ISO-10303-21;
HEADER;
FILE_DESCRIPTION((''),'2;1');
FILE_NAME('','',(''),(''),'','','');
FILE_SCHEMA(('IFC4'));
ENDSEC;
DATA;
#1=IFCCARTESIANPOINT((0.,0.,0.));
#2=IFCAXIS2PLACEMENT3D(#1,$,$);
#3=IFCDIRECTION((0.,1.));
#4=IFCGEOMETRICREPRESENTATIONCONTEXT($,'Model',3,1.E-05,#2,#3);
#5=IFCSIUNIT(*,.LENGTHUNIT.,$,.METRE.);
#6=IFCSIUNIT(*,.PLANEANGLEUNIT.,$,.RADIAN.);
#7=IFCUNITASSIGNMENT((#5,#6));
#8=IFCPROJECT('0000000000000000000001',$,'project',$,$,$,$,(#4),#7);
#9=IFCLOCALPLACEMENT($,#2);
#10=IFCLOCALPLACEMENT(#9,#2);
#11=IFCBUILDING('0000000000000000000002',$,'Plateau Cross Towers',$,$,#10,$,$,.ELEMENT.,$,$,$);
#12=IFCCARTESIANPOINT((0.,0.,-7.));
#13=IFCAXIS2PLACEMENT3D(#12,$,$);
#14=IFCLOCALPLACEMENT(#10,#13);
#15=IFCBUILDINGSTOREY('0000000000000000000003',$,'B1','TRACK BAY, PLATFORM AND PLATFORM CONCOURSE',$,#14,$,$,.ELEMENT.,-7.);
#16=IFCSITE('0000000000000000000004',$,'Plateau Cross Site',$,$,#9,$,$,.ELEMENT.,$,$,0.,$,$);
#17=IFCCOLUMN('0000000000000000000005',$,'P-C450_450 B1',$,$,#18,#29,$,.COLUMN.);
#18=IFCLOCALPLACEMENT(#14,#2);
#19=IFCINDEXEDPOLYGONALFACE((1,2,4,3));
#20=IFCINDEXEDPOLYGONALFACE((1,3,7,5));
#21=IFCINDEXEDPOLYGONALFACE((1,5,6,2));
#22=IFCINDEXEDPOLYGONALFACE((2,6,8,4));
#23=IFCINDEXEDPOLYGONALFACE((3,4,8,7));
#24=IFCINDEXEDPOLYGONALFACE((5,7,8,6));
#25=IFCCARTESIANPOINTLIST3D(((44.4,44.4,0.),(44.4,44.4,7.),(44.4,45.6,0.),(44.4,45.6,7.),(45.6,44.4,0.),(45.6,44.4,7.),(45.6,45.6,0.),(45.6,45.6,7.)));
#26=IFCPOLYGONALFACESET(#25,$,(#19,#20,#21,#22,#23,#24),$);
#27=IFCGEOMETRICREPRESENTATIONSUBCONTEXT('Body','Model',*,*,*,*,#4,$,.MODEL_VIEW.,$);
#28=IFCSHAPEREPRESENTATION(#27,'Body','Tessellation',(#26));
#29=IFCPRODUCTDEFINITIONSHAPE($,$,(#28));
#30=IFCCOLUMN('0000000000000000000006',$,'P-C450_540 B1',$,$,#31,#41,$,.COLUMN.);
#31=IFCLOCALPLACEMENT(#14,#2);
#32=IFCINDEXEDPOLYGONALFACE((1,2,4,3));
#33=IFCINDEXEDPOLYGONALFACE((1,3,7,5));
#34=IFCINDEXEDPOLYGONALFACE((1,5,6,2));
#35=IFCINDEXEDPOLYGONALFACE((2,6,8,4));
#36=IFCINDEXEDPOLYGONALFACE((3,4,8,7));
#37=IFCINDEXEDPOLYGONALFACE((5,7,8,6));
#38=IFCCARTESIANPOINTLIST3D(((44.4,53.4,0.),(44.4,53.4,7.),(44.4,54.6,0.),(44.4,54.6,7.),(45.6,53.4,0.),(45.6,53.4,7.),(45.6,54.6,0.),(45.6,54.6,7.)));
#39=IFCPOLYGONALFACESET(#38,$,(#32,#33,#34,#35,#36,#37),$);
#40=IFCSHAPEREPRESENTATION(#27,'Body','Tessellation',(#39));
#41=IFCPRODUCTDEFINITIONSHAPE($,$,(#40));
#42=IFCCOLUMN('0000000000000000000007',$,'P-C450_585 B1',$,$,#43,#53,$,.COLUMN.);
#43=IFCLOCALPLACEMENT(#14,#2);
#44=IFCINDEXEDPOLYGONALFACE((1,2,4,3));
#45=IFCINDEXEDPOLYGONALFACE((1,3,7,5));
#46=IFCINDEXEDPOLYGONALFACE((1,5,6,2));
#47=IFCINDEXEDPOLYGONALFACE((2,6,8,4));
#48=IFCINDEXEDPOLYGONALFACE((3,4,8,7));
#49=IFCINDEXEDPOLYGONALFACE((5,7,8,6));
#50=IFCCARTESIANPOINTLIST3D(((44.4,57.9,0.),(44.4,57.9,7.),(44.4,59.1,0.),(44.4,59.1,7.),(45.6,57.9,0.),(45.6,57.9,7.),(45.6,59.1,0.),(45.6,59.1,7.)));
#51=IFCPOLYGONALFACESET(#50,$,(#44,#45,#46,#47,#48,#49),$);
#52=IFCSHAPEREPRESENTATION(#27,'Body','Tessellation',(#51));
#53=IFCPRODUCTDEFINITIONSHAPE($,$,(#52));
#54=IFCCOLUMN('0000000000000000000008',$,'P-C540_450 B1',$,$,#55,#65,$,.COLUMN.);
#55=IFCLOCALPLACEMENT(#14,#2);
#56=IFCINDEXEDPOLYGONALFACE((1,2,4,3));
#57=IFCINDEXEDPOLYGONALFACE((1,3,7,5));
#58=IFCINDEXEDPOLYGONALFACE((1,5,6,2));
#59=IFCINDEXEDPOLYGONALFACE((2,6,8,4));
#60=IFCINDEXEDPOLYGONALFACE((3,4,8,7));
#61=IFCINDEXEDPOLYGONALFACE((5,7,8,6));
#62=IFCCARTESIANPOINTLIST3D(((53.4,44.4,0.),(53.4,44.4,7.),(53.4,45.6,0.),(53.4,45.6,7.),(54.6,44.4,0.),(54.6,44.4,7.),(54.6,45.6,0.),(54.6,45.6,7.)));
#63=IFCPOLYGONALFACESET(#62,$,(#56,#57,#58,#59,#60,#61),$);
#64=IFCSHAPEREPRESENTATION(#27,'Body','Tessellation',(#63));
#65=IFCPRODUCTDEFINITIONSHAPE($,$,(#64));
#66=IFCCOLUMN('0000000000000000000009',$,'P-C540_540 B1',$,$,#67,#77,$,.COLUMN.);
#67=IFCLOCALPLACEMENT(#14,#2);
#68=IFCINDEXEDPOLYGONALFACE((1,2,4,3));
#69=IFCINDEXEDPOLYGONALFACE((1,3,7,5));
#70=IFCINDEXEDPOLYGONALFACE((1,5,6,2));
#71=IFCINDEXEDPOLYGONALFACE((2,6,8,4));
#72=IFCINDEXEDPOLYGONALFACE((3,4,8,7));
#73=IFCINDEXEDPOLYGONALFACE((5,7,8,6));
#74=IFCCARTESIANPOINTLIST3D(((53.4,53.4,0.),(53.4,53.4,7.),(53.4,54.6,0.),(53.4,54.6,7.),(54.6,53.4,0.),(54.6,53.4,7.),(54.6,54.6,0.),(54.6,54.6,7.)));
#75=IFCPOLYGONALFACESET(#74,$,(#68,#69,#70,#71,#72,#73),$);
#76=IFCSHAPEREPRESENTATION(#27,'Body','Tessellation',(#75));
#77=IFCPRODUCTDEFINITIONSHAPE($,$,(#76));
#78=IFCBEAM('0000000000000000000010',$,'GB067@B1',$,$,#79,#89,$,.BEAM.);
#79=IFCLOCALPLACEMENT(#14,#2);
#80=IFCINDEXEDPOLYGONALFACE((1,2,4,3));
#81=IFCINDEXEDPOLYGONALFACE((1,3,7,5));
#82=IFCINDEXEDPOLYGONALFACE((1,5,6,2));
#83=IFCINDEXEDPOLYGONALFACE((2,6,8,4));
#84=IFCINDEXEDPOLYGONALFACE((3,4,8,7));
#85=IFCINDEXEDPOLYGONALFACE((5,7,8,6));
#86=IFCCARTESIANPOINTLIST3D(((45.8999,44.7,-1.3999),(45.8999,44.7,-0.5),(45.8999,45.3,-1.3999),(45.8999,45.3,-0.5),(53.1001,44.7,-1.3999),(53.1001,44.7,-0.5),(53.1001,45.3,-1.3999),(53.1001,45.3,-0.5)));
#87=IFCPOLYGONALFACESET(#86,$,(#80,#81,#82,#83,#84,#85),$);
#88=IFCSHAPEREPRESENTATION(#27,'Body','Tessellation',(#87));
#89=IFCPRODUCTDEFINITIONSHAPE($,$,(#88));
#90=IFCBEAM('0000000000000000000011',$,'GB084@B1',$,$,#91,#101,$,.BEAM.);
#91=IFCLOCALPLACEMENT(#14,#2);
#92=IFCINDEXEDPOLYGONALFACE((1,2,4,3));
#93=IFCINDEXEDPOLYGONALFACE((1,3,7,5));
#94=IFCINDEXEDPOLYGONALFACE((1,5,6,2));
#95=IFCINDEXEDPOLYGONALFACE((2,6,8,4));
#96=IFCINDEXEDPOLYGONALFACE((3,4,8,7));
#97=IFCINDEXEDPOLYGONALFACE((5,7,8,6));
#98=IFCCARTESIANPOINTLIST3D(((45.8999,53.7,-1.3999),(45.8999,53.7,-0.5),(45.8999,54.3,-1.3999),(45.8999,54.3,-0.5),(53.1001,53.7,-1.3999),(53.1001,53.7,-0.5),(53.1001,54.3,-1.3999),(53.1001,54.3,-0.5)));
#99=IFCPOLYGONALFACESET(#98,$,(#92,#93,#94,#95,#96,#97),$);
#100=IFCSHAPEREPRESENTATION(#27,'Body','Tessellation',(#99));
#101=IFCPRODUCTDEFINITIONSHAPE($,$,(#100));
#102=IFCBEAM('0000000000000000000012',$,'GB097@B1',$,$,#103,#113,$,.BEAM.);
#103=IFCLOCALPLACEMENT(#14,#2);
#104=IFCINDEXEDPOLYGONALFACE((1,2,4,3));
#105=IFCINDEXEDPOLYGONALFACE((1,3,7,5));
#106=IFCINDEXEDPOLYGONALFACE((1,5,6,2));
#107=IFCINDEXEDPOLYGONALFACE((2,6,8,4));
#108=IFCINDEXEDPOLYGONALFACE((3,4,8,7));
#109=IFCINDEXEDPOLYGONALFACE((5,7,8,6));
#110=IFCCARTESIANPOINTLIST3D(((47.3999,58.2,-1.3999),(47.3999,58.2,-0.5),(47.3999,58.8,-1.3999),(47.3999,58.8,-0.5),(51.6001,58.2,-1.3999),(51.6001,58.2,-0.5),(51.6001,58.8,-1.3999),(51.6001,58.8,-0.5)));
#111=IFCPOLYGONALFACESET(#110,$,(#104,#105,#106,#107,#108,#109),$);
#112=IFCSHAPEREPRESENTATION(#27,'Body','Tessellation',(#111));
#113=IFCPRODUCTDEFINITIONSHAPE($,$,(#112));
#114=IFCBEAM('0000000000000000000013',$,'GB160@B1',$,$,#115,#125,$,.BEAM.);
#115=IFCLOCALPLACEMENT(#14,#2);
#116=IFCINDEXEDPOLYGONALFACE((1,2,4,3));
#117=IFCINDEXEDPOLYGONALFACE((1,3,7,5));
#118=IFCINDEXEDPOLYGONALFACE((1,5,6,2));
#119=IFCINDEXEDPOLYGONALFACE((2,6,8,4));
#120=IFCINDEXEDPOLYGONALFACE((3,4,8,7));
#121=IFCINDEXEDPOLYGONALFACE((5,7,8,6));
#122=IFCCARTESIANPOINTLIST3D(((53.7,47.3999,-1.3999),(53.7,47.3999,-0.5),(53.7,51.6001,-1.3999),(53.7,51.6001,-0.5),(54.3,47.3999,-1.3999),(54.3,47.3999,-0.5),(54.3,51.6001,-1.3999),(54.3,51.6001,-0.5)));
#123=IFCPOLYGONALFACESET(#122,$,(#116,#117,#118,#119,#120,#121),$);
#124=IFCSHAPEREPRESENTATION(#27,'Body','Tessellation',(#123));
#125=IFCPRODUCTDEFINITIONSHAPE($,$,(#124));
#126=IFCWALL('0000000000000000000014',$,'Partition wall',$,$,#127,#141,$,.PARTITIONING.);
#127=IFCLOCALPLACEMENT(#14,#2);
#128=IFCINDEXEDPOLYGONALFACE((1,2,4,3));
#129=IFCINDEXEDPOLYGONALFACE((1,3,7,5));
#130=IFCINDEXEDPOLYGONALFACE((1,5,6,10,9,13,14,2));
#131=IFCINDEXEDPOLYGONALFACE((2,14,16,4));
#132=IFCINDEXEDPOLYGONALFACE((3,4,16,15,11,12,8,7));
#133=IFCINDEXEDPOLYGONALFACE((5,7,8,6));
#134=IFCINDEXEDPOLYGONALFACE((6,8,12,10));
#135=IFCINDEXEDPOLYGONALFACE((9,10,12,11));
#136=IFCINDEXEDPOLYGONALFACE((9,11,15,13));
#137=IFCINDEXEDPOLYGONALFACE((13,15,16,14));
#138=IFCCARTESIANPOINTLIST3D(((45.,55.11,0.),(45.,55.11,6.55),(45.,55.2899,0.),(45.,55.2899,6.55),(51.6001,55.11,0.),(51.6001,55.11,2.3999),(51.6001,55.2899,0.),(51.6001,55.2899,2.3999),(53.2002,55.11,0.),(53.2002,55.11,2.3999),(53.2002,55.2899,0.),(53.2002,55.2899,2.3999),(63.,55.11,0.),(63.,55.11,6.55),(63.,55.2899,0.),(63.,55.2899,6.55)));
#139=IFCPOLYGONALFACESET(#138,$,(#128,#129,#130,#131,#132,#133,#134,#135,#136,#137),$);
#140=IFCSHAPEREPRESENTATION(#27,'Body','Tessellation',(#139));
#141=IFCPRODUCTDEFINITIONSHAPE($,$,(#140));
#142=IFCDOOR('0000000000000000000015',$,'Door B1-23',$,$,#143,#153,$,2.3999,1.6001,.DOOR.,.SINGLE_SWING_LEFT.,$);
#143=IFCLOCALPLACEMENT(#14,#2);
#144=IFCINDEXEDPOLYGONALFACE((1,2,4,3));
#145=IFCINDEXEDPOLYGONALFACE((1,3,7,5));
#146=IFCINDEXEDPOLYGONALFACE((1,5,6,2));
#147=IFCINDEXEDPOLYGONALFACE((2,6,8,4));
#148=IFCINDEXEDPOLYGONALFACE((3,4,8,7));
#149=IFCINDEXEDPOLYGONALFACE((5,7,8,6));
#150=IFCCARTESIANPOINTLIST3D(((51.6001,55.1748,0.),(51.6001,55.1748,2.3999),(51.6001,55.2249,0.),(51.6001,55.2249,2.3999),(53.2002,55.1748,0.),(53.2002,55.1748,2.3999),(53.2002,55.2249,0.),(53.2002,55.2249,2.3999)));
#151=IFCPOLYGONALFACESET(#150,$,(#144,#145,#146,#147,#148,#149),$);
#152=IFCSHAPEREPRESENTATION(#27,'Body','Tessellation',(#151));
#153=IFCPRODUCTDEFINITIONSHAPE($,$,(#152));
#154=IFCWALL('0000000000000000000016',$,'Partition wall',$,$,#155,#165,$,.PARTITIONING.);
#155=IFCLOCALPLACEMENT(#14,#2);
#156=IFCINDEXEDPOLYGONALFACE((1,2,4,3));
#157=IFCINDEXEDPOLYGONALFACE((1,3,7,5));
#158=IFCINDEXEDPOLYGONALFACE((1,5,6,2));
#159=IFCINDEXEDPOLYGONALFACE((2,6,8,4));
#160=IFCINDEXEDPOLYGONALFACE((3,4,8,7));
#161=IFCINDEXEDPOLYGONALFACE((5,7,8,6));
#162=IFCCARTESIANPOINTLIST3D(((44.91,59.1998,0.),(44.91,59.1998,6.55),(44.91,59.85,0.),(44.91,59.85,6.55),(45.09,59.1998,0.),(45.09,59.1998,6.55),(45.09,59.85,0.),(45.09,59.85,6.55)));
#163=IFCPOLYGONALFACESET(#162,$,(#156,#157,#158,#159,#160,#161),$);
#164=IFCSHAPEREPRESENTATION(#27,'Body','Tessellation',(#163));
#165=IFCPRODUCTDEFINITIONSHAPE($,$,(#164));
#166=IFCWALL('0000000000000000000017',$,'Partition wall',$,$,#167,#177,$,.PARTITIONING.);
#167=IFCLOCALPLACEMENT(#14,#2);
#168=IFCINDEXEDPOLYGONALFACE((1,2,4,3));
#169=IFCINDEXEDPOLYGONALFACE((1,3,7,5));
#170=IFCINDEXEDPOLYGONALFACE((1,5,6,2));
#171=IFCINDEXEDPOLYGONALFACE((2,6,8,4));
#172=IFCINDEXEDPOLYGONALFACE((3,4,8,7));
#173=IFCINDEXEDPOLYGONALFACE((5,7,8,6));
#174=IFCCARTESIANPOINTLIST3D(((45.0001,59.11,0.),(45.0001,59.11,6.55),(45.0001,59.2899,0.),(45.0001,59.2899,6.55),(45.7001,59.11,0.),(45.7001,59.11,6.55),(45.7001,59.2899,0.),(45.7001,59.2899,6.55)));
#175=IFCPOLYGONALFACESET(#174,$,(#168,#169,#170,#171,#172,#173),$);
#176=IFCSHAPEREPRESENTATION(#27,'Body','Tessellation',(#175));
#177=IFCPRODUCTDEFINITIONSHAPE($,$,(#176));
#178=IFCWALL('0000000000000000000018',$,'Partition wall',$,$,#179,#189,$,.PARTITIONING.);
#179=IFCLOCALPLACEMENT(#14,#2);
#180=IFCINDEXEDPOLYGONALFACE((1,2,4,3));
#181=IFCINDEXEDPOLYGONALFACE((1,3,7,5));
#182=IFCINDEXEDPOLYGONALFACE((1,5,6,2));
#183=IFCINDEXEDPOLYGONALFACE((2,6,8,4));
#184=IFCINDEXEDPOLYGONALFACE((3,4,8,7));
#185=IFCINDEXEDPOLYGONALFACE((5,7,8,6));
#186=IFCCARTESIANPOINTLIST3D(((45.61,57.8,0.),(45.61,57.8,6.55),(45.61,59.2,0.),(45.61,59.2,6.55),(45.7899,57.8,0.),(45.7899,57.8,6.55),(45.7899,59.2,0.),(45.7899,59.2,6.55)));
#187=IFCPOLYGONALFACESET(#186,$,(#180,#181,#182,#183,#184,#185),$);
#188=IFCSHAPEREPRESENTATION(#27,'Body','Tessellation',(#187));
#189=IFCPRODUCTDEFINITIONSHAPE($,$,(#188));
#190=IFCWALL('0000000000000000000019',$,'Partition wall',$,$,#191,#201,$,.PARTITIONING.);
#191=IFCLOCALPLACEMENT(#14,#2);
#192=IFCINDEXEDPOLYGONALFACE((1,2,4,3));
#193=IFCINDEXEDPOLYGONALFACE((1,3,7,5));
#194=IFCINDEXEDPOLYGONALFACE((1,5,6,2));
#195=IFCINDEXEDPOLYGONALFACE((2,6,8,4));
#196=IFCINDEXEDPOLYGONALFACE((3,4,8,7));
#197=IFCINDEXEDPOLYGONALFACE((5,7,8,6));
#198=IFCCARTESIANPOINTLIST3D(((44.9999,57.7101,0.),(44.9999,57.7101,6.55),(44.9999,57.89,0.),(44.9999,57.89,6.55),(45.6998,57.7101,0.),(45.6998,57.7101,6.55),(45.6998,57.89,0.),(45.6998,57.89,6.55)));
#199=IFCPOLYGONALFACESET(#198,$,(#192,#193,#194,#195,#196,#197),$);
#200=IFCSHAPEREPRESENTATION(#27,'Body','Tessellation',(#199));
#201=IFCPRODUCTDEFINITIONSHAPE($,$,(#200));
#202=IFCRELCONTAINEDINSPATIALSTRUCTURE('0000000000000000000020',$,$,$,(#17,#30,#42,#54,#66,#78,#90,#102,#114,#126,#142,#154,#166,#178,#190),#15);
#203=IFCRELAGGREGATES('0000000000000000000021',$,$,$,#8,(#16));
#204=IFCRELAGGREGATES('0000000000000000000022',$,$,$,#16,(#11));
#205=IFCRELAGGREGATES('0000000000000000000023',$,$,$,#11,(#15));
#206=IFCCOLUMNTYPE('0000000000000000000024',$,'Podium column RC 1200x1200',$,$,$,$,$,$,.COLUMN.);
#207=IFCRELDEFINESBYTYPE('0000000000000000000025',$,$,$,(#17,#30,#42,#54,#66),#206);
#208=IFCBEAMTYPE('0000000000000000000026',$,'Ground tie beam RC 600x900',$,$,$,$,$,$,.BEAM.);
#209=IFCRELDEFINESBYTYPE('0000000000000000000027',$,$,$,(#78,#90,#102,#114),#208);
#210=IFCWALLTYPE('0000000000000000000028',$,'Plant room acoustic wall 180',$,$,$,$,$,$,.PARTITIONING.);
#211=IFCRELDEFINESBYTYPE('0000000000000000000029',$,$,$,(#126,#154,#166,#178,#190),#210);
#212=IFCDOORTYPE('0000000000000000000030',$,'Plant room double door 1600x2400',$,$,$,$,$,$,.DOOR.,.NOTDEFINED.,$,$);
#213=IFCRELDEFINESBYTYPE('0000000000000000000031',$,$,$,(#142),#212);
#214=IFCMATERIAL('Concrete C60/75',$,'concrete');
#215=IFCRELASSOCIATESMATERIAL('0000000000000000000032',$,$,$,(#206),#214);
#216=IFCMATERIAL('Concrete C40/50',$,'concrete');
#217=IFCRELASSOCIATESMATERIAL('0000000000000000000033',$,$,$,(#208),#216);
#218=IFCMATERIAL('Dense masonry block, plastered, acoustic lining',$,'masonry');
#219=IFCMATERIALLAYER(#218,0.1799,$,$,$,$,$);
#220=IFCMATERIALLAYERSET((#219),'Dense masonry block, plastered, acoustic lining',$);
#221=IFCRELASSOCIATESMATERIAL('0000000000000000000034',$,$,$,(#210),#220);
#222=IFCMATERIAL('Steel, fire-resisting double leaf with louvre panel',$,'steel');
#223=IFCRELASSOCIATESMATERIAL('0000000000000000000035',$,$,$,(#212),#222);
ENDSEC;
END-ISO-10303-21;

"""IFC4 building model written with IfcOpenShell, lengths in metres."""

from ifc_helpers import new_model, si_unit, direction, frame, frame_2d, origin, origin_2d, place, context, subcontext, project, spatial, rectangle, extrude, material, layer, layer_set, material_profile, profile_set, type_object, element, fill, save


model = new_model("IFC4")

# Units and contexts
model_context = context("Model", 3, precision=1e-05, world=origin(), true_north=direction((0.0, 1.0)))
body_context = subcontext(model_context, "Body", "Model", "MODEL_VIEW")
ifc_project = project(units=[si_unit("LENGTHUNIT", "METRE"), si_unit("PLANEANGLEUNIT", "RADIAN")], contexts=[model_context])

# Site, building, storey
site_placement = place(None, origin())
site = spatial("IfcSite", under=ifc_project, at=site_placement, Name="Plateau Cross Site", CompositionType="ELEMENT", RefElevation=0.0)
building_placement = place(site_placement, origin())
building = spatial("IfcBuilding", under=site, at=building_placement, Name="Plateau Cross Towers", CompositionType="ELEMENT")
storey_placement = place(building_placement, frame((0.0, 0.0, -7.0)))
storey = spatial("IfcBuildingStorey", under=building, at=storey_placement, Name="B1", Description="TRACK BAY, PLATFORM AND PLATFORM CONCOURSE", CompositionType="ELEMENT", Elevation=-7.0)

# Shared definitions
ifc_material_1 = material(Name="Concrete C40/50", Category="concrete")

# Columns
ifc_material_2 = material(Name="Concrete C60/75", Category="concrete")
ifc_material_profile_1 = material_profile(ifc_material_2, rectangle(XDim=1.2, YDim=1.2, at=origin_2d()), Name="RC 1200x1200")
ifc_profile_set_1 = profile_set([ifc_material_profile_1], Name="Concrete C60/75")
column_type = type_object("IfcColumnType", Name="Podium column RC 1200x1200", PredefinedType="COLUMN", material=ifc_profile_set_1)
for number, where, z_axis, x_axis, name in (
    (1, (45.0, 45.0, 0.0), (0.0, 0.0, 1.0), (1.0, 0.0, 0.0), "P-C450_450 B1"),
    (2, (45.0, 54.0, 0.0), (0.0, 0.0, 1.0), (1.0, 0.0, 0.0), "P-C450_540 B1"),
    (3, (45.0, 58.5, 0.0), (0.0, 0.0, 1.0), (1.0, 0.0, 0.0), "P-C450_585 B1"),
    (4, (54.0, 45.0, 0.0), (0.0, 0.0, 1.0), (1.0, 0.0, 0.0), "P-C540_450 B1"),
    (5, (54.0, 54.0, 0.0), (0.0, 0.0, 1.0), (1.0, 0.0, 0.0), "P-C540_540 B1"),
):
    element("IfcColumn", number, at=place(storey_placement, frame(where, z_axis=z_axis, x_axis=x_axis)), inside=storey, type_object=column_type, Name=name, PredefinedType="COLUMN", context=body_context, shape_type="SweptSolid", body=[
        extrude(rectangle(XDim=1.2, YDim=1.2, at=origin_2d()), origin(), (0.0, 0.0, 1.0), 7.0),
    ])

# Beams
ifc_material_profile_2 = material_profile(ifc_material_1, rectangle(XDim=0.6001, YDim=0.8999, at=origin_2d()), Name="RC 600x900")
ifc_profile_set_2 = profile_set([ifc_material_profile_2], Name="Concrete C40/50")
beam_type = type_object("IfcBeamType", Name="Ground tie beam RC 600x900", PredefinedType="BEAM", material=ifc_profile_set_2)
for number, where, z_axis, x_axis, name in (
    (6, (45.8999, 45.0, -0.95), (1.0, 0.0, 0.0), (0.0, 1.0, 0.0), "GB067@B1"),
    (7, (45.8999, 54.0, -0.95), (1.0, 0.0, 0.0), (0.0, 1.0, 0.0), "GB084@B1"),
):
    element("IfcBeam", number, at=place(storey_placement, frame(where, z_axis=z_axis, x_axis=x_axis)), inside=storey, type_object=beam_type, Name=name, PredefinedType="BEAM", context=body_context, shape_type="SweptSolid", body=[
        extrude(rectangle(XDim=0.6001, YDim=0.8999, at=origin_2d()), origin(), (0.0, 0.0, 1.0), 7.2002),
    ])
for number, where, z_axis, x_axis, name in (
    (8, (47.3999, 58.5, -0.95), (1.0, 0.0, 0.0), (0.0, 1.0, 0.0), "GB097@B1"),
    (9, (54.0, 47.3999, -0.95), (0.0, 1.0, 0.0), (-1.0, 0.0, 0.0), "GB160@B1"),
):
    element("IfcBeam", number, at=place(storey_placement, frame(where, z_axis=z_axis, x_axis=x_axis)), inside=storey, type_object=beam_type, Name=name, PredefinedType="BEAM", context=body_context, shape_type="SweptSolid", body=[
        extrude(rectangle(XDim=0.6001, YDim=0.8999, at=origin_2d()), origin(), (0.0, 0.0, 1.0), 4.2002),
    ])

# Wall, opening, door
ifc_material_3 = material(Name="Dense masonry block, plastered, acoustic lining", Category="masonry")
ifc_layer = layer(ifc_material_3, 0.1799)
ifc_layer_set = layer_set([ifc_layer], Name="Dense masonry block, plastered, acoustic lining")
wall_type = type_object("IfcWallType", Name="Plant room acoustic wall 180", PredefinedType="PARTITIONING", material=ifc_layer_set)
wall_1_placement = place(storey_placement, frame((45.0, 55.2, 0.0), z_axis=(0.0, 0.0, 1.0), x_axis=(1.0, 0.0, 0.0)))
wall_1 = element("IfcWall", 10, at=wall_1_placement, inside=storey, type_object=wall_type, Name="Partition wall", PredefinedType="PARTITIONING", context=body_context, shape_type="SweptSolid", body=[
    extrude(rectangle(XDim=18.0, YDim=0.1799, at=frame_2d((9.0, 0.0))), origin(), (0.0, 0.0, 1.0), 6.55),
])
opening_placement = place(wall_1_placement, frame((6.6001, 0.0, 0.0)))
opening = element("IfcOpeningElement", 11, at=opening_placement, cuts=wall_1, PredefinedType="OPENING", context=body_context, shape_type="SweptSolid", body=[
    extrude(rectangle(XDim=1.6001, YDim=2.3999, at=frame_2d((0.8, 1.2))), frame((0.0, 0.0999, 0.0), z_axis=(0.0, -1.0, 0.0), x_axis=(1.0, 0.0, 0.0)), (0.0, 0.0, 1.0), 0.2),
])
ifc_material_4 = material(Name="Steel, fire-resisting double leaf with louvre panel", Category="steel")
door_type = type_object("IfcDoorType", Name="Plant room double door 1600x2400", OperationType="NOTDEFINED", PredefinedType="DOOR", material=ifc_material_4)
door_placement = place(opening_placement, origin())
door = element("IfcDoor", 12, at=door_placement, inside=storey, type_object=door_type, Name="Door B1-23", OperationType="SINGLE_SWING_LEFT", OverallHeight=2.3999, OverallWidth=1.6001, PredefinedType="DOOR", context=body_context, shape_type="SweptSolid", body=[
    extrude(rectangle(XDim=1.6001, YDim=2.3999, at=frame_2d((0.8, 1.2))), frame((0.0, 0.0249, 0.0), z_axis=(0.0, -1.0, 0.0), x_axis=(1.0, 0.0, 0.0)), (0.0, 0.0, 1.0), 0.05),
])
fill(opening, door)

# Walls
wall_2_placement = place(storey_placement, frame((45.0, 59.8501, 0.0), z_axis=(0.0, 0.0, 1.0), x_axis=(0.0, -1.0, 0.0)))
element("IfcWall", 13, at=wall_2_placement, inside=storey, type_object=wall_type, Name="Partition wall", PredefinedType="PARTITIONING", context=body_context, shape_type="SweptSolid", body=[
    extrude(rectangle(XDim=0.6501, YDim=0.1799, at=frame_2d((0.3252, 0.0))), origin(), (0.0, 0.0, 1.0), 6.55),
])
wall_3_placement = place(storey_placement, frame((45.0, 59.2, 0.0), z_axis=(0.0, 0.0, 1.0), x_axis=(1.0, 0.0, 0.0)))
element("IfcWall", 14, at=wall_3_placement, inside=storey, type_object=wall_type, Name="Partition wall", PredefinedType="PARTITIONING", context=body_context, shape_type="SweptSolid", body=[
    extrude(rectangle(XDim=0.7, YDim=0.1799, at=frame_2d((0.3501, 0.0))), origin(), (0.0, 0.0, 1.0), 6.55),
])
wall_4_placement = place(storey_placement, frame((45.7, 59.2, 0.0), z_axis=(0.0, 0.0, 1.0), x_axis=(0.0, -1.0, 0.0)))
element("IfcWall", 15, at=wall_4_placement, inside=storey, type_object=wall_type, Name="Partition wall", PredefinedType="PARTITIONING", context=body_context, shape_type="SweptSolid", body=[
    extrude(rectangle(XDim=1.3999, YDim=0.1799, at=frame_2d((0.7, 0.0))), origin(), (0.0, 0.0, 1.0), 6.55),
])
wall_5_placement = place(storey_placement, frame((45.7, 57.8, 0.0), z_axis=(0.0, 0.0, 1.0), x_axis=(-1.0, 0.0, 0.0)))
element("IfcWall", 16, at=wall_5_placement, inside=storey, type_object=wall_type, Name="Partition wall", PredefinedType="PARTITIONING", context=body_context, shape_type="SweptSolid", body=[
    extrude(rectangle(XDim=0.7, YDim=0.1799, at=frame_2d((0.3501, 0.0))), origin(), (0.0, 0.0, 1.0), 6.55),
])

save(model, "model.ifc")
